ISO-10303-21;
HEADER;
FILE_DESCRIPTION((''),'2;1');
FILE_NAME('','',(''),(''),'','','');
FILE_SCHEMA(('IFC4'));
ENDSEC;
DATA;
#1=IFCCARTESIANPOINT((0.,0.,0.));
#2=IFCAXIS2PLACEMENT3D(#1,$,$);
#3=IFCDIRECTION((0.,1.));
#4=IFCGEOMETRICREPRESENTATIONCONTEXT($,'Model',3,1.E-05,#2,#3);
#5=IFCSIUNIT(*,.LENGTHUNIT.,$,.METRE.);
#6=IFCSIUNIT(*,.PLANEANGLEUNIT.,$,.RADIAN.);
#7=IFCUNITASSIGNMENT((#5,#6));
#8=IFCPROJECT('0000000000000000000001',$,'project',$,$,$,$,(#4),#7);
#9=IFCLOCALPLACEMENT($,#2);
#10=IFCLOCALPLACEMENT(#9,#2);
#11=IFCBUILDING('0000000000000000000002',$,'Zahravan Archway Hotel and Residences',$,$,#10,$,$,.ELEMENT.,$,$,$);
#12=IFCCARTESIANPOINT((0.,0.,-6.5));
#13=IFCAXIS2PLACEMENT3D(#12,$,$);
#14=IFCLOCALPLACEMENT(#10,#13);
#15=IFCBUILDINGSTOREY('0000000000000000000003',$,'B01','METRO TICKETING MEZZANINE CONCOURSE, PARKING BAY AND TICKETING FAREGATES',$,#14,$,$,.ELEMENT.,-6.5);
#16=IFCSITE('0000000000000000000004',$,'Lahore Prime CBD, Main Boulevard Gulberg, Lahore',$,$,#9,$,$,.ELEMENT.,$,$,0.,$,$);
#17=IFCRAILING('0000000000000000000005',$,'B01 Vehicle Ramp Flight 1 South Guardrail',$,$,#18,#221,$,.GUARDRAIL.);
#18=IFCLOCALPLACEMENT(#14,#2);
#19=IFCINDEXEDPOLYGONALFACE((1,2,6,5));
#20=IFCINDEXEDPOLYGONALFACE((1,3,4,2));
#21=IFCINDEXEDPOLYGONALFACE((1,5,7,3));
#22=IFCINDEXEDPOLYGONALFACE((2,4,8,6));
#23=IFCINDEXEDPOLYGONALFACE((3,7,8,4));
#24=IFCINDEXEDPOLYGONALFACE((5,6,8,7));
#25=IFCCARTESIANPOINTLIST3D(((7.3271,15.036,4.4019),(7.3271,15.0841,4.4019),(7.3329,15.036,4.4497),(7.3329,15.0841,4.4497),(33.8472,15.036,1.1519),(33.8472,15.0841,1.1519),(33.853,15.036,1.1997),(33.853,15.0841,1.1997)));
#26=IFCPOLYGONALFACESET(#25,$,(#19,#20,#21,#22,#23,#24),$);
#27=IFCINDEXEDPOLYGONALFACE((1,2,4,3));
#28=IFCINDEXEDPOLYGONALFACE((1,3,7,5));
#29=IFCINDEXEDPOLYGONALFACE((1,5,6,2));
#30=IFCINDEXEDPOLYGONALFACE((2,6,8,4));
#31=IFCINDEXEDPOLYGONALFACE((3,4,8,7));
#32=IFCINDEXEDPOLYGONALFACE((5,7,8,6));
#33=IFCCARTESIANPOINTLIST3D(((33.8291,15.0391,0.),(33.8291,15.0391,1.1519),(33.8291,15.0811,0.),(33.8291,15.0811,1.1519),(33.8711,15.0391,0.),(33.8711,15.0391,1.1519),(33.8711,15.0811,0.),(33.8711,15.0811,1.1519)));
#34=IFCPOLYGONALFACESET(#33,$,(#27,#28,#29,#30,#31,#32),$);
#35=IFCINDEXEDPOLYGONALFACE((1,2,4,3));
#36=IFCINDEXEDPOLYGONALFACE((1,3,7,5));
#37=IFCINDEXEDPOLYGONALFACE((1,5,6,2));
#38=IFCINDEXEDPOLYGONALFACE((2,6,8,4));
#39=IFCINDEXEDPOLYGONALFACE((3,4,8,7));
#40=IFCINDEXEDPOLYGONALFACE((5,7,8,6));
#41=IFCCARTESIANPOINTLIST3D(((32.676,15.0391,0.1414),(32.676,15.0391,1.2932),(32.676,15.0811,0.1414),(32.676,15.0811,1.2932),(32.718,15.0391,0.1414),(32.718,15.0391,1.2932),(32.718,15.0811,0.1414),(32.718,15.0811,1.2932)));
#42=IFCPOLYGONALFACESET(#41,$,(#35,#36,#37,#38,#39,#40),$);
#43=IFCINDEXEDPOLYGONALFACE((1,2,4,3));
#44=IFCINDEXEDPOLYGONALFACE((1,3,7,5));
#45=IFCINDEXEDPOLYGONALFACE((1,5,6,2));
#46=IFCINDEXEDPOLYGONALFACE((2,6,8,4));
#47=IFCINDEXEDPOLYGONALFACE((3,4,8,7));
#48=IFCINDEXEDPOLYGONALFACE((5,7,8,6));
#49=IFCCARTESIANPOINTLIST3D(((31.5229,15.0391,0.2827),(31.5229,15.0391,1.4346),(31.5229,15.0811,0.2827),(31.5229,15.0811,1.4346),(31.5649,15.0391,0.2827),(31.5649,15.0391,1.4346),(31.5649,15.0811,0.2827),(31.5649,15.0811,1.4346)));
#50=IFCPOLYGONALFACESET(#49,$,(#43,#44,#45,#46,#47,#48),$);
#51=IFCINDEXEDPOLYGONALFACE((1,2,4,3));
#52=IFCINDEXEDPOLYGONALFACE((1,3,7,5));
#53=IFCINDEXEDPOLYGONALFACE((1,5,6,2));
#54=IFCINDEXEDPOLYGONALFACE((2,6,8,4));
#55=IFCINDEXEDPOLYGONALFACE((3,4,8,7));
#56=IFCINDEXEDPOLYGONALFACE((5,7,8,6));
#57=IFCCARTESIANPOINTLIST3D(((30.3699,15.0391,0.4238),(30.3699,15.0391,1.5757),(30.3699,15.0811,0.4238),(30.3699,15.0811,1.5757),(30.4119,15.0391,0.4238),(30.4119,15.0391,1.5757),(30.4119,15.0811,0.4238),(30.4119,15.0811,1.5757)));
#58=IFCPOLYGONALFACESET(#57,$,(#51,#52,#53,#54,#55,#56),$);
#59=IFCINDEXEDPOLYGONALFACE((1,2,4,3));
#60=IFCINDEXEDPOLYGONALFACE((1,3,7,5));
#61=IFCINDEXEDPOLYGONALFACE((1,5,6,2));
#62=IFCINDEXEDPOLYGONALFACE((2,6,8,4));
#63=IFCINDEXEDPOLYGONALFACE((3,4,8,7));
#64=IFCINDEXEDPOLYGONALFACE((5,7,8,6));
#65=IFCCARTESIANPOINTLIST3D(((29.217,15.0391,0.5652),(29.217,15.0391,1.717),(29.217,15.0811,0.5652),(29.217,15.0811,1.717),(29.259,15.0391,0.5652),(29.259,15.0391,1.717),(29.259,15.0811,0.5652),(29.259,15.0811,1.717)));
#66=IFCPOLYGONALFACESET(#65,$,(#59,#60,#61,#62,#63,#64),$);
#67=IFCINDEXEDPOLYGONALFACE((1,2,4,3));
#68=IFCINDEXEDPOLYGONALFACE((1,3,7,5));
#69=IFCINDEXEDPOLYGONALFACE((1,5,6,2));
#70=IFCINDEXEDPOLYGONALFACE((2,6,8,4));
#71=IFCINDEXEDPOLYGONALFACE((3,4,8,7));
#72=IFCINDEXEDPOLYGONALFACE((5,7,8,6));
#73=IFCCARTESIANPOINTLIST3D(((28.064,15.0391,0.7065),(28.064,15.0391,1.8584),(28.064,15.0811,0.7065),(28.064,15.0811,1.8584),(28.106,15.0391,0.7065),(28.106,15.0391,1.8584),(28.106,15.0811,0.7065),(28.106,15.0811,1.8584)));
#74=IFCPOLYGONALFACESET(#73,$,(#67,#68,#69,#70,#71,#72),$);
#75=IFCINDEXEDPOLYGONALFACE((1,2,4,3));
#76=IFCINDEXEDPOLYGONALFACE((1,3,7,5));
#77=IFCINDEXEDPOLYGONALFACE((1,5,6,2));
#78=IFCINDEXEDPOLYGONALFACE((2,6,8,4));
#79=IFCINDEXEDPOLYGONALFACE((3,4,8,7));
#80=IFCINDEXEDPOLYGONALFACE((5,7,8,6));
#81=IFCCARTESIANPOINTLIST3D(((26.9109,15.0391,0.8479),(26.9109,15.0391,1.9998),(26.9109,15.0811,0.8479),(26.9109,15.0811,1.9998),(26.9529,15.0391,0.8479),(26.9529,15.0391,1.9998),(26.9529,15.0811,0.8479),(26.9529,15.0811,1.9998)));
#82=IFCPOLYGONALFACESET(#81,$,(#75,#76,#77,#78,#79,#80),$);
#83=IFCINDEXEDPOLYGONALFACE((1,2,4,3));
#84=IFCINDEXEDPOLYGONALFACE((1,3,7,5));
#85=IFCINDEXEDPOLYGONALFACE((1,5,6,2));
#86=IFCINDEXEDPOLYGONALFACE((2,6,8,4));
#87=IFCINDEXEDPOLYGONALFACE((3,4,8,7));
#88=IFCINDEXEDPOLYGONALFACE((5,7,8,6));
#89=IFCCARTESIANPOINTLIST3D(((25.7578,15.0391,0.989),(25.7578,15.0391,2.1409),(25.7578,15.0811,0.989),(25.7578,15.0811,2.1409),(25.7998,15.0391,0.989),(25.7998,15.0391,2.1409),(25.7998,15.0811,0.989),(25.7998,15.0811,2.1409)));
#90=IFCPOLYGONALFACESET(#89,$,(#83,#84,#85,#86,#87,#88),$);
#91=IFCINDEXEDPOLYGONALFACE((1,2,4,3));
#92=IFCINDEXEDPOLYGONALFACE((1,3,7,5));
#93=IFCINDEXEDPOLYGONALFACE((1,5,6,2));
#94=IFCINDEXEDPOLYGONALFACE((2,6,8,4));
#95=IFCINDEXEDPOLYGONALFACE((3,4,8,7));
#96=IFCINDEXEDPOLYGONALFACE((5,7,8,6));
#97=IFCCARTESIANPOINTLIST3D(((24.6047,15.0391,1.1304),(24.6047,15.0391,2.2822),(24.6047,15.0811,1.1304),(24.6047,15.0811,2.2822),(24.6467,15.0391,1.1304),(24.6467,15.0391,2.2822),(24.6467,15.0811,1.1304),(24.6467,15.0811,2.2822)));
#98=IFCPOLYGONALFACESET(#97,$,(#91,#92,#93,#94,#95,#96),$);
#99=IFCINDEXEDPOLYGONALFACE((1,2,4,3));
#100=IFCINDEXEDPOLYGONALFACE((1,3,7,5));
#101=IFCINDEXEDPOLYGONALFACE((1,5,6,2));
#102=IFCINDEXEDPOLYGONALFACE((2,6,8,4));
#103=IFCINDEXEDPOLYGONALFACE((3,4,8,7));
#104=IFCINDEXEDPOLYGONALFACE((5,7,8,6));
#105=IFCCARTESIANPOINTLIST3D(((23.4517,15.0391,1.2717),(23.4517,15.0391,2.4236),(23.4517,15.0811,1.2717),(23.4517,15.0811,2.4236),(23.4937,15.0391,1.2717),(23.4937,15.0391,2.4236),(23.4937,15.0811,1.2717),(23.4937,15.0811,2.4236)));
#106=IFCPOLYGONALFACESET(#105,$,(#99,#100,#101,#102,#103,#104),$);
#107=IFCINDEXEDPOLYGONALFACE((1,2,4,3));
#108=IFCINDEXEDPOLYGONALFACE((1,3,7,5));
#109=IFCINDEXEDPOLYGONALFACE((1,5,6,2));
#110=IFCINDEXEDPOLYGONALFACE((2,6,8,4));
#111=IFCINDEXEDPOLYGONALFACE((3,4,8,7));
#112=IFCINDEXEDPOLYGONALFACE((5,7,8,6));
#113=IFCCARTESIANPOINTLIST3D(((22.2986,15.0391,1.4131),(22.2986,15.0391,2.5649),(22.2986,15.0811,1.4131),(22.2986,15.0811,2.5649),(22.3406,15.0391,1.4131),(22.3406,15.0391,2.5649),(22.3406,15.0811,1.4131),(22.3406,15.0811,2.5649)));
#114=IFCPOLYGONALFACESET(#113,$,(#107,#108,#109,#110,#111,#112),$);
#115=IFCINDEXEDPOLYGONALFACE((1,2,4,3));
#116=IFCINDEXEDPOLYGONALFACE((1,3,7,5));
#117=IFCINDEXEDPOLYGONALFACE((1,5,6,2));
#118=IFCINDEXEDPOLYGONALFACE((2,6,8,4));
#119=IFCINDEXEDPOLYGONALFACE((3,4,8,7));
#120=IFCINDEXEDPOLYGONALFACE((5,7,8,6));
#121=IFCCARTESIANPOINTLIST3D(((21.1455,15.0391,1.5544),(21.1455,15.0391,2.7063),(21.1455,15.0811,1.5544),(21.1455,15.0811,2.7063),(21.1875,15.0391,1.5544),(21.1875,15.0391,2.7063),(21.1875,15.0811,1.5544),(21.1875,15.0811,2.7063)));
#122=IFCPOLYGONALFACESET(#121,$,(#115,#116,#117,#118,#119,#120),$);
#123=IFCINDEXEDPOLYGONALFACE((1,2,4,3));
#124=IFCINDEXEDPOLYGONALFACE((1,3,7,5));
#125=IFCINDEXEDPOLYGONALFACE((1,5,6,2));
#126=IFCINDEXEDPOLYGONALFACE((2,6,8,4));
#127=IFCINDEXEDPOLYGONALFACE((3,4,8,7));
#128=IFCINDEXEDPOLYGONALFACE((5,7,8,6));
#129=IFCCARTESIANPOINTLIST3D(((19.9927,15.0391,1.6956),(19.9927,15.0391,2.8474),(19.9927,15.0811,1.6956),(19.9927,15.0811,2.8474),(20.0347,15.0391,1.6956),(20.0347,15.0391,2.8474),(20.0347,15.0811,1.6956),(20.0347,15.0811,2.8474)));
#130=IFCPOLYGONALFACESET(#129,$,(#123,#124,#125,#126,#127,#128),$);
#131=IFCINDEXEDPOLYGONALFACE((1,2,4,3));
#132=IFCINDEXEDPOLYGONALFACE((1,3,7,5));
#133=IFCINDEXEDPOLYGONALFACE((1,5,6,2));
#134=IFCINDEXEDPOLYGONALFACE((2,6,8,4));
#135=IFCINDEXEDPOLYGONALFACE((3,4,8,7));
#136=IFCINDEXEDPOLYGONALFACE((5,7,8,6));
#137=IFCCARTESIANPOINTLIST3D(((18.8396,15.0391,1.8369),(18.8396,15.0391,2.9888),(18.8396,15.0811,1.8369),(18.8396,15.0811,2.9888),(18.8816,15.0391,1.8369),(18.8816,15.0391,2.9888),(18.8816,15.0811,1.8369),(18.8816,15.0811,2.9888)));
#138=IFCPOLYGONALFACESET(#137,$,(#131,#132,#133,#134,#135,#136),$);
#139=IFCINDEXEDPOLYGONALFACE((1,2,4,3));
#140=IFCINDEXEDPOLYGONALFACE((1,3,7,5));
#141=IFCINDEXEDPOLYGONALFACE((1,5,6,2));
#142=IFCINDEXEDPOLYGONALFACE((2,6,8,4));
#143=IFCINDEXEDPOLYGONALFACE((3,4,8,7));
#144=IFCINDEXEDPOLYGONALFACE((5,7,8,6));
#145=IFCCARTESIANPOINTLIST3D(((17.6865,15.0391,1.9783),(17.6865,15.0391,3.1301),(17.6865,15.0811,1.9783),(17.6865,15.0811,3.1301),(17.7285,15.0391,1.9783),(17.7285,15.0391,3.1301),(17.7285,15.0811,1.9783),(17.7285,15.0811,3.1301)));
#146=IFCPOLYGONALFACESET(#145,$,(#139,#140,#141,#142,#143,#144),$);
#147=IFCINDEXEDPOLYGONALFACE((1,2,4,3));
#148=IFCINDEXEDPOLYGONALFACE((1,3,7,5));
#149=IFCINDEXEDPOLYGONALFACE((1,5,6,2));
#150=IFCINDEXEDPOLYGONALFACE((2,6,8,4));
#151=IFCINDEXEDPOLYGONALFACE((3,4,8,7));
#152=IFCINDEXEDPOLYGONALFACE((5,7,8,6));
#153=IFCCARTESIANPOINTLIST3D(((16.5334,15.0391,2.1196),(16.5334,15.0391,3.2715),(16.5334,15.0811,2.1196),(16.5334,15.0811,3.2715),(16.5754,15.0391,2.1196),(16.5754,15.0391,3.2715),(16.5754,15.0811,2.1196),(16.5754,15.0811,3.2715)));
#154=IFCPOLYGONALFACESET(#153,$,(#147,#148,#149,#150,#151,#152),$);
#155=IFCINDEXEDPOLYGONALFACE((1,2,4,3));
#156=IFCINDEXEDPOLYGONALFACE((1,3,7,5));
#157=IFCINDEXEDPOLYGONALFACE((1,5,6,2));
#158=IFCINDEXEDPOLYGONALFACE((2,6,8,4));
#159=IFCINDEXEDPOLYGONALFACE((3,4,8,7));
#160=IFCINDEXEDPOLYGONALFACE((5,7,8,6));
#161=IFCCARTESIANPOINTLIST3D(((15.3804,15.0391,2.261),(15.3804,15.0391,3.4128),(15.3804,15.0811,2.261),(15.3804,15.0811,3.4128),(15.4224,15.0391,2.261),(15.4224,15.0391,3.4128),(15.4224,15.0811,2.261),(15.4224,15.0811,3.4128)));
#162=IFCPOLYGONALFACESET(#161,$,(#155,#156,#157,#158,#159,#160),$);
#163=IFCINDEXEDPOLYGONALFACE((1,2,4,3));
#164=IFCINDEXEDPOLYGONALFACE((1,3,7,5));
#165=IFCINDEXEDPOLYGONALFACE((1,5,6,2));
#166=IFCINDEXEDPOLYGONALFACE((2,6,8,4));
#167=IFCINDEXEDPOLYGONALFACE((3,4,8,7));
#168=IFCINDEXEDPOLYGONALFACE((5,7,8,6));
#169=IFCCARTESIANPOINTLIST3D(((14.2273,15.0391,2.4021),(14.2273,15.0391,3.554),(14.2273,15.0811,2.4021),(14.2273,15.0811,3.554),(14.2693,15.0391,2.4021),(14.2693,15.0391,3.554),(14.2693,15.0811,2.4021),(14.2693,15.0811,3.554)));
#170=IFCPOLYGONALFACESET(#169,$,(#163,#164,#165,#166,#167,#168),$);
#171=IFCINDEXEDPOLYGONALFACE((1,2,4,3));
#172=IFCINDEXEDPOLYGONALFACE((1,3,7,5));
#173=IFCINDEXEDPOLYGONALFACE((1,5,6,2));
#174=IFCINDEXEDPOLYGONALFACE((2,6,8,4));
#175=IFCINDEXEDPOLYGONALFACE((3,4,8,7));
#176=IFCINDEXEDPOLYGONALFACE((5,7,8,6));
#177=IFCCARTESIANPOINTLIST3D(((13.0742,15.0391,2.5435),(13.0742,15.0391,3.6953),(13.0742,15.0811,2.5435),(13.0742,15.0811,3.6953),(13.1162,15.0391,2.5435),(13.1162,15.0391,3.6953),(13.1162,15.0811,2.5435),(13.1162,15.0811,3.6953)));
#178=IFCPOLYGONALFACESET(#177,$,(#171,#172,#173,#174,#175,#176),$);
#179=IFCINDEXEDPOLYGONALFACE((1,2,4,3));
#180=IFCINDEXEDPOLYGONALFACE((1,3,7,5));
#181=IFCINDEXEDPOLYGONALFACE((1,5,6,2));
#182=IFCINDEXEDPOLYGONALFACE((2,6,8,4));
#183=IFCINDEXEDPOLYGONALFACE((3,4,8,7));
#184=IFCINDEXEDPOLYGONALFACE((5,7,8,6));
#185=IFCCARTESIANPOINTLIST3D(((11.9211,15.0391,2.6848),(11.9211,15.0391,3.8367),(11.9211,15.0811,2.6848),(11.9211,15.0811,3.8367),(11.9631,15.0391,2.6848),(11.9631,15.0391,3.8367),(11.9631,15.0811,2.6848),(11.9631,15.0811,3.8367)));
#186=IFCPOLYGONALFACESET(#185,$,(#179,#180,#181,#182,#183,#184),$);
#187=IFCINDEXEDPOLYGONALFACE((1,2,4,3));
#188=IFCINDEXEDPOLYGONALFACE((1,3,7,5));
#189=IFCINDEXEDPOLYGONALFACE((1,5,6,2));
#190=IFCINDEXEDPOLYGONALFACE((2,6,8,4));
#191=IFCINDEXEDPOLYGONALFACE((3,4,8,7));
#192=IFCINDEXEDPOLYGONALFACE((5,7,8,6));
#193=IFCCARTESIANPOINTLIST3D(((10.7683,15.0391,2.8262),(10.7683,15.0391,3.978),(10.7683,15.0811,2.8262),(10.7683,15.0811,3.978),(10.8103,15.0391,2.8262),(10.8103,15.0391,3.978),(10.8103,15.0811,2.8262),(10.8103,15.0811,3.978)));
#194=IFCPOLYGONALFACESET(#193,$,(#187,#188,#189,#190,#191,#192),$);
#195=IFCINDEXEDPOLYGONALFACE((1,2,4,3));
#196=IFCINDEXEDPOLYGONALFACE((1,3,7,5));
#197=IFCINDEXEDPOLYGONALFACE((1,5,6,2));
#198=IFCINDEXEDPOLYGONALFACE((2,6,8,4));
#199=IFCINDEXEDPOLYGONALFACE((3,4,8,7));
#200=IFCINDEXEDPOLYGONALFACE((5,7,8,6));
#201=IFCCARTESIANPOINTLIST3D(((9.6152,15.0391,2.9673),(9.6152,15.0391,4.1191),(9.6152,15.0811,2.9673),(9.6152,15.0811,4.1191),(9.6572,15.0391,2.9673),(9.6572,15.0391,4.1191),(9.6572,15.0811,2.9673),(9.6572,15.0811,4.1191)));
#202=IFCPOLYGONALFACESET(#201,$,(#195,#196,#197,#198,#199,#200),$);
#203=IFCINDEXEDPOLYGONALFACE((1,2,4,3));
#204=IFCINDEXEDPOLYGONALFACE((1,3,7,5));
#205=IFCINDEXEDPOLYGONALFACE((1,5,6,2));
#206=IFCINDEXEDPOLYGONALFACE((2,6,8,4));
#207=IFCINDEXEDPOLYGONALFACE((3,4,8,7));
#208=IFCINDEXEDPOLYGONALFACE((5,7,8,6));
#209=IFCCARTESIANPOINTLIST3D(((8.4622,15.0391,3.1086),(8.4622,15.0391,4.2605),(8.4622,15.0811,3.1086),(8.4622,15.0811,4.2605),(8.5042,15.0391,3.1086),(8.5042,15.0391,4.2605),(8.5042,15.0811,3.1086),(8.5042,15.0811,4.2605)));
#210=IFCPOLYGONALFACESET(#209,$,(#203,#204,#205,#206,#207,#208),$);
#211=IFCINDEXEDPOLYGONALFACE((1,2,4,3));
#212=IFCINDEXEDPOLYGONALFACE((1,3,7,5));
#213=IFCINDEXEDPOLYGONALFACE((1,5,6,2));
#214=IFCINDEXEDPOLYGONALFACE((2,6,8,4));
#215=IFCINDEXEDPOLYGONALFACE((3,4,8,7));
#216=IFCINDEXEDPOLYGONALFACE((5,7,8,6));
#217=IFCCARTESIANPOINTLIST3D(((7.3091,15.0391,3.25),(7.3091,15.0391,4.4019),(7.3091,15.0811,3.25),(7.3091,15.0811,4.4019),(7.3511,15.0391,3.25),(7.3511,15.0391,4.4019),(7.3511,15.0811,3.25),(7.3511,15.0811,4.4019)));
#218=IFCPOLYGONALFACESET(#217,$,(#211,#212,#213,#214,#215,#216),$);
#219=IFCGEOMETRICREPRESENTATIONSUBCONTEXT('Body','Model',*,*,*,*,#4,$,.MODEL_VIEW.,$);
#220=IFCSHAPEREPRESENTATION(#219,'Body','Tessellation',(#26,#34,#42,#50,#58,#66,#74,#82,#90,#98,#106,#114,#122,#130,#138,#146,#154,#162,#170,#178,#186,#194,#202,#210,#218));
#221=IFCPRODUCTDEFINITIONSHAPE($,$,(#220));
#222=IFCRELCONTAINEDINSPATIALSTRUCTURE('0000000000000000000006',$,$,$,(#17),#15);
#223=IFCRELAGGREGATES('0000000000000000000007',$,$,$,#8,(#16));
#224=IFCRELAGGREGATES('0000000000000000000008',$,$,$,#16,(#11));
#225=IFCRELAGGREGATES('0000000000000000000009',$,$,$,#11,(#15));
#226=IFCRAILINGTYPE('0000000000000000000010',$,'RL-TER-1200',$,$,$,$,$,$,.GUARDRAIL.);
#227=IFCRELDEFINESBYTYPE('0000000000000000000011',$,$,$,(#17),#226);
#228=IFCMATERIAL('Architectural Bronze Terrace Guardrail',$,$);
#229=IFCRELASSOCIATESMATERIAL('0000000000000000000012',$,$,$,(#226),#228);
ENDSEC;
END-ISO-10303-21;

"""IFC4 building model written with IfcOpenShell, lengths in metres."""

from ifc_helpers import new_model, si_unit, direction, frame, origin, origin_2d, place, context, subcontext, project, spatial, rectangle, extrude, material, type_object, element, save


model = new_model("IFC4")

# Units and contexts
model_context = context("Model", 3, precision=1e-05, world=origin(), true_north=direction((0.0, 1.0)))
body_context = subcontext(model_context, "Body", "Model", "MODEL_VIEW")
ifc_project = project(units=[si_unit("LENGTHUNIT", "METRE"), si_unit("PLANEANGLEUNIT", "RADIAN")], contexts=[model_context])

# Site, building, storey
site_placement = place(None, origin())
site = spatial("IfcSite", under=ifc_project, at=site_placement, Name="Lahore Prime CBD, Main Boulevard Gulberg, Lahore", CompositionType="ELEMENT", RefElevation=0.0)
building_placement = place(site_placement, origin())
building = spatial("IfcBuilding", under=site, at=building_placement, Name="Zahravan Archway Hotel and Residences", CompositionType="ELEMENT")
storey_placement = place(building_placement, frame((0.0, 0.0, -6.5)))
storey = spatial("IfcBuildingStorey", under=building, at=storey_placement, Name="B01", Description="METRO TICKETING MEZZANINE CONCOURSE, PARKING BAY AND TICKETING FAREGATES", CompositionType="ELEMENT", Elevation=-6.5)

# Railing
ifc_material_1 = material(Name="Architectural Bronze Terrace Guardrail")
railing_type = type_object("IfcRailingType", Name="RL-TER-1200", PredefinedType="GUARDRAIL", material=ifc_material_1)
railing_1_placement = place(storey_placement, frame((33.8501, 15.0601, 0.0)))
element("IfcRailing", 1, at=railing_1_placement, inside=storey, type_object=railing_type, Name="B01 Vehicle Ramp Flight 1 South Guardrail", PredefinedType="GUARDRAIL", context=body_context, shape_type="SweptSolid", body=[
    extrude(rectangle(XDim=0.0481, YDim=0.0481, at=origin_2d()), frame((0.0, 0.0, 1.1758), z_axis=(-0.992574, 0.0, 0.121639), x_axis=(0.0, -1.0, 0.0)), (0.0, 0.0, 1.0), 26.7185),
    extrude(rectangle(XDim=0.042, YDim=0.042, at=origin_2d()), origin(), (0.0, 0.0, 1.0), 1.1519),
    extrude(rectangle(XDim=0.042, YDim=0.042, at=origin_2d()), frame((-1.1531, 0.0, 0.1414)), (0.0, 0.0, 1.0), 1.1519),
    extrude(rectangle(XDim=0.042, YDim=0.042, at=origin_2d()), frame((-2.3062, 0.0, 0.2827)), (0.0, 0.0, 1.0), 1.1519),
    extrude(rectangle(XDim=0.042, YDim=0.042, at=origin_2d()), frame((-3.4592, 0.0, 0.4238)), (0.0, 0.0, 1.0), 1.1519),
    extrude(rectangle(XDim=0.042, YDim=0.042, at=origin_2d()), frame((-4.6121, 0.0, 0.5652)), (0.0, 0.0, 1.0), 1.1519),
    extrude(rectangle(XDim=0.042, YDim=0.042, at=origin_2d()), frame((-5.7651, 0.0, 0.7065)), (0.0, 0.0, 1.0), 1.1519),
    extrude(rectangle(XDim=0.042, YDim=0.042, at=origin_2d()), frame((-6.9182, 0.0, 0.8479)), (0.0, 0.0, 1.0), 1.1519),
    extrude(rectangle(XDim=0.042, YDim=0.042, at=origin_2d()), frame((-8.0713, 0.0, 0.989)), (0.0, 0.0, 1.0), 1.1519),
    extrude(rectangle(XDim=0.042, YDim=0.042, at=origin_2d()), frame((-9.2244, 0.0, 1.1304)), (0.0, 0.0, 1.0), 1.1519),
    extrude(rectangle(XDim=0.042, YDim=0.042, at=origin_2d()), frame((-10.3774, 0.0, 1.2717)), (0.0, 0.0, 1.0), 1.1519),
    extrude(rectangle(XDim=0.042, YDim=0.042, at=origin_2d()), frame((-11.5305, 0.0, 1.4131)), (0.0, 0.0, 1.0), 1.1519),
    extrude(rectangle(XDim=0.042, YDim=0.042, at=origin_2d()), frame((-12.6836, 0.0, 1.5544)), (0.0, 0.0, 1.0), 1.1519),
    extrude(rectangle(XDim=0.042, YDim=0.042, at=origin_2d()), frame((-13.8364, 0.0, 1.6956)), (0.0, 0.0, 1.0), 1.1519),
    extrude(rectangle(XDim=0.042, YDim=0.042, at=origin_2d()), frame((-14.9895, 0.0, 1.8369)), (0.0, 0.0, 1.0), 1.1519),
    extrude(rectangle(XDim=0.042, YDim=0.042, at=origin_2d()), frame((-16.1426, 0.0, 1.9783)), (0.0, 0.0, 1.0), 1.1519),
    extrude(rectangle(XDim=0.042, YDim=0.042, at=origin_2d()), frame((-17.2957, 0.0, 2.1196)), (0.0, 0.0, 1.0), 1.1519),
    extrude(rectangle(XDim=0.042, YDim=0.042, at=origin_2d()), frame((-18.4487, 0.0, 2.261)), (0.0, 0.0, 1.0), 1.1519),
    extrude(rectangle(XDim=0.042, YDim=0.042, at=origin_2d()), frame((-19.6018, 0.0, 2.4021)), (0.0, 0.0, 1.0), 1.1519),
    extrude(rectangle(XDim=0.042, YDim=0.042, at=origin_2d()), frame((-20.7549, 0.0, 2.5435)), (0.0, 0.0, 1.0), 1.1519),
    extrude(rectangle(XDim=0.042, YDim=0.042, at=origin_2d()), frame((-21.908, 0.0, 2.6848)), (0.0, 0.0, 1.0), 1.1519),
    extrude(rectangle(XDim=0.042, YDim=0.042, at=origin_2d()), frame((-23.0608, 0.0, 2.8262)), (0.0, 0.0, 1.0), 1.1519),
    extrude(rectangle(XDim=0.042, YDim=0.042, at=origin_2d()), frame((-24.2139, 0.0, 2.9673)), (0.0, 0.0, 1.0), 1.1519),
    extrude(rectangle(XDim=0.042, YDim=0.042, at=origin_2d()), frame((-25.3669, 0.0, 3.1086)), (0.0, 0.0, 1.0), 1.1519),
    extrude(rectangle(XDim=0.042, YDim=0.042, at=origin_2d()), frame((-26.52, 0.0, 3.25)), (0.0, 0.0, 1.0), 1.1519),
])

save(model, "model.ifc")
